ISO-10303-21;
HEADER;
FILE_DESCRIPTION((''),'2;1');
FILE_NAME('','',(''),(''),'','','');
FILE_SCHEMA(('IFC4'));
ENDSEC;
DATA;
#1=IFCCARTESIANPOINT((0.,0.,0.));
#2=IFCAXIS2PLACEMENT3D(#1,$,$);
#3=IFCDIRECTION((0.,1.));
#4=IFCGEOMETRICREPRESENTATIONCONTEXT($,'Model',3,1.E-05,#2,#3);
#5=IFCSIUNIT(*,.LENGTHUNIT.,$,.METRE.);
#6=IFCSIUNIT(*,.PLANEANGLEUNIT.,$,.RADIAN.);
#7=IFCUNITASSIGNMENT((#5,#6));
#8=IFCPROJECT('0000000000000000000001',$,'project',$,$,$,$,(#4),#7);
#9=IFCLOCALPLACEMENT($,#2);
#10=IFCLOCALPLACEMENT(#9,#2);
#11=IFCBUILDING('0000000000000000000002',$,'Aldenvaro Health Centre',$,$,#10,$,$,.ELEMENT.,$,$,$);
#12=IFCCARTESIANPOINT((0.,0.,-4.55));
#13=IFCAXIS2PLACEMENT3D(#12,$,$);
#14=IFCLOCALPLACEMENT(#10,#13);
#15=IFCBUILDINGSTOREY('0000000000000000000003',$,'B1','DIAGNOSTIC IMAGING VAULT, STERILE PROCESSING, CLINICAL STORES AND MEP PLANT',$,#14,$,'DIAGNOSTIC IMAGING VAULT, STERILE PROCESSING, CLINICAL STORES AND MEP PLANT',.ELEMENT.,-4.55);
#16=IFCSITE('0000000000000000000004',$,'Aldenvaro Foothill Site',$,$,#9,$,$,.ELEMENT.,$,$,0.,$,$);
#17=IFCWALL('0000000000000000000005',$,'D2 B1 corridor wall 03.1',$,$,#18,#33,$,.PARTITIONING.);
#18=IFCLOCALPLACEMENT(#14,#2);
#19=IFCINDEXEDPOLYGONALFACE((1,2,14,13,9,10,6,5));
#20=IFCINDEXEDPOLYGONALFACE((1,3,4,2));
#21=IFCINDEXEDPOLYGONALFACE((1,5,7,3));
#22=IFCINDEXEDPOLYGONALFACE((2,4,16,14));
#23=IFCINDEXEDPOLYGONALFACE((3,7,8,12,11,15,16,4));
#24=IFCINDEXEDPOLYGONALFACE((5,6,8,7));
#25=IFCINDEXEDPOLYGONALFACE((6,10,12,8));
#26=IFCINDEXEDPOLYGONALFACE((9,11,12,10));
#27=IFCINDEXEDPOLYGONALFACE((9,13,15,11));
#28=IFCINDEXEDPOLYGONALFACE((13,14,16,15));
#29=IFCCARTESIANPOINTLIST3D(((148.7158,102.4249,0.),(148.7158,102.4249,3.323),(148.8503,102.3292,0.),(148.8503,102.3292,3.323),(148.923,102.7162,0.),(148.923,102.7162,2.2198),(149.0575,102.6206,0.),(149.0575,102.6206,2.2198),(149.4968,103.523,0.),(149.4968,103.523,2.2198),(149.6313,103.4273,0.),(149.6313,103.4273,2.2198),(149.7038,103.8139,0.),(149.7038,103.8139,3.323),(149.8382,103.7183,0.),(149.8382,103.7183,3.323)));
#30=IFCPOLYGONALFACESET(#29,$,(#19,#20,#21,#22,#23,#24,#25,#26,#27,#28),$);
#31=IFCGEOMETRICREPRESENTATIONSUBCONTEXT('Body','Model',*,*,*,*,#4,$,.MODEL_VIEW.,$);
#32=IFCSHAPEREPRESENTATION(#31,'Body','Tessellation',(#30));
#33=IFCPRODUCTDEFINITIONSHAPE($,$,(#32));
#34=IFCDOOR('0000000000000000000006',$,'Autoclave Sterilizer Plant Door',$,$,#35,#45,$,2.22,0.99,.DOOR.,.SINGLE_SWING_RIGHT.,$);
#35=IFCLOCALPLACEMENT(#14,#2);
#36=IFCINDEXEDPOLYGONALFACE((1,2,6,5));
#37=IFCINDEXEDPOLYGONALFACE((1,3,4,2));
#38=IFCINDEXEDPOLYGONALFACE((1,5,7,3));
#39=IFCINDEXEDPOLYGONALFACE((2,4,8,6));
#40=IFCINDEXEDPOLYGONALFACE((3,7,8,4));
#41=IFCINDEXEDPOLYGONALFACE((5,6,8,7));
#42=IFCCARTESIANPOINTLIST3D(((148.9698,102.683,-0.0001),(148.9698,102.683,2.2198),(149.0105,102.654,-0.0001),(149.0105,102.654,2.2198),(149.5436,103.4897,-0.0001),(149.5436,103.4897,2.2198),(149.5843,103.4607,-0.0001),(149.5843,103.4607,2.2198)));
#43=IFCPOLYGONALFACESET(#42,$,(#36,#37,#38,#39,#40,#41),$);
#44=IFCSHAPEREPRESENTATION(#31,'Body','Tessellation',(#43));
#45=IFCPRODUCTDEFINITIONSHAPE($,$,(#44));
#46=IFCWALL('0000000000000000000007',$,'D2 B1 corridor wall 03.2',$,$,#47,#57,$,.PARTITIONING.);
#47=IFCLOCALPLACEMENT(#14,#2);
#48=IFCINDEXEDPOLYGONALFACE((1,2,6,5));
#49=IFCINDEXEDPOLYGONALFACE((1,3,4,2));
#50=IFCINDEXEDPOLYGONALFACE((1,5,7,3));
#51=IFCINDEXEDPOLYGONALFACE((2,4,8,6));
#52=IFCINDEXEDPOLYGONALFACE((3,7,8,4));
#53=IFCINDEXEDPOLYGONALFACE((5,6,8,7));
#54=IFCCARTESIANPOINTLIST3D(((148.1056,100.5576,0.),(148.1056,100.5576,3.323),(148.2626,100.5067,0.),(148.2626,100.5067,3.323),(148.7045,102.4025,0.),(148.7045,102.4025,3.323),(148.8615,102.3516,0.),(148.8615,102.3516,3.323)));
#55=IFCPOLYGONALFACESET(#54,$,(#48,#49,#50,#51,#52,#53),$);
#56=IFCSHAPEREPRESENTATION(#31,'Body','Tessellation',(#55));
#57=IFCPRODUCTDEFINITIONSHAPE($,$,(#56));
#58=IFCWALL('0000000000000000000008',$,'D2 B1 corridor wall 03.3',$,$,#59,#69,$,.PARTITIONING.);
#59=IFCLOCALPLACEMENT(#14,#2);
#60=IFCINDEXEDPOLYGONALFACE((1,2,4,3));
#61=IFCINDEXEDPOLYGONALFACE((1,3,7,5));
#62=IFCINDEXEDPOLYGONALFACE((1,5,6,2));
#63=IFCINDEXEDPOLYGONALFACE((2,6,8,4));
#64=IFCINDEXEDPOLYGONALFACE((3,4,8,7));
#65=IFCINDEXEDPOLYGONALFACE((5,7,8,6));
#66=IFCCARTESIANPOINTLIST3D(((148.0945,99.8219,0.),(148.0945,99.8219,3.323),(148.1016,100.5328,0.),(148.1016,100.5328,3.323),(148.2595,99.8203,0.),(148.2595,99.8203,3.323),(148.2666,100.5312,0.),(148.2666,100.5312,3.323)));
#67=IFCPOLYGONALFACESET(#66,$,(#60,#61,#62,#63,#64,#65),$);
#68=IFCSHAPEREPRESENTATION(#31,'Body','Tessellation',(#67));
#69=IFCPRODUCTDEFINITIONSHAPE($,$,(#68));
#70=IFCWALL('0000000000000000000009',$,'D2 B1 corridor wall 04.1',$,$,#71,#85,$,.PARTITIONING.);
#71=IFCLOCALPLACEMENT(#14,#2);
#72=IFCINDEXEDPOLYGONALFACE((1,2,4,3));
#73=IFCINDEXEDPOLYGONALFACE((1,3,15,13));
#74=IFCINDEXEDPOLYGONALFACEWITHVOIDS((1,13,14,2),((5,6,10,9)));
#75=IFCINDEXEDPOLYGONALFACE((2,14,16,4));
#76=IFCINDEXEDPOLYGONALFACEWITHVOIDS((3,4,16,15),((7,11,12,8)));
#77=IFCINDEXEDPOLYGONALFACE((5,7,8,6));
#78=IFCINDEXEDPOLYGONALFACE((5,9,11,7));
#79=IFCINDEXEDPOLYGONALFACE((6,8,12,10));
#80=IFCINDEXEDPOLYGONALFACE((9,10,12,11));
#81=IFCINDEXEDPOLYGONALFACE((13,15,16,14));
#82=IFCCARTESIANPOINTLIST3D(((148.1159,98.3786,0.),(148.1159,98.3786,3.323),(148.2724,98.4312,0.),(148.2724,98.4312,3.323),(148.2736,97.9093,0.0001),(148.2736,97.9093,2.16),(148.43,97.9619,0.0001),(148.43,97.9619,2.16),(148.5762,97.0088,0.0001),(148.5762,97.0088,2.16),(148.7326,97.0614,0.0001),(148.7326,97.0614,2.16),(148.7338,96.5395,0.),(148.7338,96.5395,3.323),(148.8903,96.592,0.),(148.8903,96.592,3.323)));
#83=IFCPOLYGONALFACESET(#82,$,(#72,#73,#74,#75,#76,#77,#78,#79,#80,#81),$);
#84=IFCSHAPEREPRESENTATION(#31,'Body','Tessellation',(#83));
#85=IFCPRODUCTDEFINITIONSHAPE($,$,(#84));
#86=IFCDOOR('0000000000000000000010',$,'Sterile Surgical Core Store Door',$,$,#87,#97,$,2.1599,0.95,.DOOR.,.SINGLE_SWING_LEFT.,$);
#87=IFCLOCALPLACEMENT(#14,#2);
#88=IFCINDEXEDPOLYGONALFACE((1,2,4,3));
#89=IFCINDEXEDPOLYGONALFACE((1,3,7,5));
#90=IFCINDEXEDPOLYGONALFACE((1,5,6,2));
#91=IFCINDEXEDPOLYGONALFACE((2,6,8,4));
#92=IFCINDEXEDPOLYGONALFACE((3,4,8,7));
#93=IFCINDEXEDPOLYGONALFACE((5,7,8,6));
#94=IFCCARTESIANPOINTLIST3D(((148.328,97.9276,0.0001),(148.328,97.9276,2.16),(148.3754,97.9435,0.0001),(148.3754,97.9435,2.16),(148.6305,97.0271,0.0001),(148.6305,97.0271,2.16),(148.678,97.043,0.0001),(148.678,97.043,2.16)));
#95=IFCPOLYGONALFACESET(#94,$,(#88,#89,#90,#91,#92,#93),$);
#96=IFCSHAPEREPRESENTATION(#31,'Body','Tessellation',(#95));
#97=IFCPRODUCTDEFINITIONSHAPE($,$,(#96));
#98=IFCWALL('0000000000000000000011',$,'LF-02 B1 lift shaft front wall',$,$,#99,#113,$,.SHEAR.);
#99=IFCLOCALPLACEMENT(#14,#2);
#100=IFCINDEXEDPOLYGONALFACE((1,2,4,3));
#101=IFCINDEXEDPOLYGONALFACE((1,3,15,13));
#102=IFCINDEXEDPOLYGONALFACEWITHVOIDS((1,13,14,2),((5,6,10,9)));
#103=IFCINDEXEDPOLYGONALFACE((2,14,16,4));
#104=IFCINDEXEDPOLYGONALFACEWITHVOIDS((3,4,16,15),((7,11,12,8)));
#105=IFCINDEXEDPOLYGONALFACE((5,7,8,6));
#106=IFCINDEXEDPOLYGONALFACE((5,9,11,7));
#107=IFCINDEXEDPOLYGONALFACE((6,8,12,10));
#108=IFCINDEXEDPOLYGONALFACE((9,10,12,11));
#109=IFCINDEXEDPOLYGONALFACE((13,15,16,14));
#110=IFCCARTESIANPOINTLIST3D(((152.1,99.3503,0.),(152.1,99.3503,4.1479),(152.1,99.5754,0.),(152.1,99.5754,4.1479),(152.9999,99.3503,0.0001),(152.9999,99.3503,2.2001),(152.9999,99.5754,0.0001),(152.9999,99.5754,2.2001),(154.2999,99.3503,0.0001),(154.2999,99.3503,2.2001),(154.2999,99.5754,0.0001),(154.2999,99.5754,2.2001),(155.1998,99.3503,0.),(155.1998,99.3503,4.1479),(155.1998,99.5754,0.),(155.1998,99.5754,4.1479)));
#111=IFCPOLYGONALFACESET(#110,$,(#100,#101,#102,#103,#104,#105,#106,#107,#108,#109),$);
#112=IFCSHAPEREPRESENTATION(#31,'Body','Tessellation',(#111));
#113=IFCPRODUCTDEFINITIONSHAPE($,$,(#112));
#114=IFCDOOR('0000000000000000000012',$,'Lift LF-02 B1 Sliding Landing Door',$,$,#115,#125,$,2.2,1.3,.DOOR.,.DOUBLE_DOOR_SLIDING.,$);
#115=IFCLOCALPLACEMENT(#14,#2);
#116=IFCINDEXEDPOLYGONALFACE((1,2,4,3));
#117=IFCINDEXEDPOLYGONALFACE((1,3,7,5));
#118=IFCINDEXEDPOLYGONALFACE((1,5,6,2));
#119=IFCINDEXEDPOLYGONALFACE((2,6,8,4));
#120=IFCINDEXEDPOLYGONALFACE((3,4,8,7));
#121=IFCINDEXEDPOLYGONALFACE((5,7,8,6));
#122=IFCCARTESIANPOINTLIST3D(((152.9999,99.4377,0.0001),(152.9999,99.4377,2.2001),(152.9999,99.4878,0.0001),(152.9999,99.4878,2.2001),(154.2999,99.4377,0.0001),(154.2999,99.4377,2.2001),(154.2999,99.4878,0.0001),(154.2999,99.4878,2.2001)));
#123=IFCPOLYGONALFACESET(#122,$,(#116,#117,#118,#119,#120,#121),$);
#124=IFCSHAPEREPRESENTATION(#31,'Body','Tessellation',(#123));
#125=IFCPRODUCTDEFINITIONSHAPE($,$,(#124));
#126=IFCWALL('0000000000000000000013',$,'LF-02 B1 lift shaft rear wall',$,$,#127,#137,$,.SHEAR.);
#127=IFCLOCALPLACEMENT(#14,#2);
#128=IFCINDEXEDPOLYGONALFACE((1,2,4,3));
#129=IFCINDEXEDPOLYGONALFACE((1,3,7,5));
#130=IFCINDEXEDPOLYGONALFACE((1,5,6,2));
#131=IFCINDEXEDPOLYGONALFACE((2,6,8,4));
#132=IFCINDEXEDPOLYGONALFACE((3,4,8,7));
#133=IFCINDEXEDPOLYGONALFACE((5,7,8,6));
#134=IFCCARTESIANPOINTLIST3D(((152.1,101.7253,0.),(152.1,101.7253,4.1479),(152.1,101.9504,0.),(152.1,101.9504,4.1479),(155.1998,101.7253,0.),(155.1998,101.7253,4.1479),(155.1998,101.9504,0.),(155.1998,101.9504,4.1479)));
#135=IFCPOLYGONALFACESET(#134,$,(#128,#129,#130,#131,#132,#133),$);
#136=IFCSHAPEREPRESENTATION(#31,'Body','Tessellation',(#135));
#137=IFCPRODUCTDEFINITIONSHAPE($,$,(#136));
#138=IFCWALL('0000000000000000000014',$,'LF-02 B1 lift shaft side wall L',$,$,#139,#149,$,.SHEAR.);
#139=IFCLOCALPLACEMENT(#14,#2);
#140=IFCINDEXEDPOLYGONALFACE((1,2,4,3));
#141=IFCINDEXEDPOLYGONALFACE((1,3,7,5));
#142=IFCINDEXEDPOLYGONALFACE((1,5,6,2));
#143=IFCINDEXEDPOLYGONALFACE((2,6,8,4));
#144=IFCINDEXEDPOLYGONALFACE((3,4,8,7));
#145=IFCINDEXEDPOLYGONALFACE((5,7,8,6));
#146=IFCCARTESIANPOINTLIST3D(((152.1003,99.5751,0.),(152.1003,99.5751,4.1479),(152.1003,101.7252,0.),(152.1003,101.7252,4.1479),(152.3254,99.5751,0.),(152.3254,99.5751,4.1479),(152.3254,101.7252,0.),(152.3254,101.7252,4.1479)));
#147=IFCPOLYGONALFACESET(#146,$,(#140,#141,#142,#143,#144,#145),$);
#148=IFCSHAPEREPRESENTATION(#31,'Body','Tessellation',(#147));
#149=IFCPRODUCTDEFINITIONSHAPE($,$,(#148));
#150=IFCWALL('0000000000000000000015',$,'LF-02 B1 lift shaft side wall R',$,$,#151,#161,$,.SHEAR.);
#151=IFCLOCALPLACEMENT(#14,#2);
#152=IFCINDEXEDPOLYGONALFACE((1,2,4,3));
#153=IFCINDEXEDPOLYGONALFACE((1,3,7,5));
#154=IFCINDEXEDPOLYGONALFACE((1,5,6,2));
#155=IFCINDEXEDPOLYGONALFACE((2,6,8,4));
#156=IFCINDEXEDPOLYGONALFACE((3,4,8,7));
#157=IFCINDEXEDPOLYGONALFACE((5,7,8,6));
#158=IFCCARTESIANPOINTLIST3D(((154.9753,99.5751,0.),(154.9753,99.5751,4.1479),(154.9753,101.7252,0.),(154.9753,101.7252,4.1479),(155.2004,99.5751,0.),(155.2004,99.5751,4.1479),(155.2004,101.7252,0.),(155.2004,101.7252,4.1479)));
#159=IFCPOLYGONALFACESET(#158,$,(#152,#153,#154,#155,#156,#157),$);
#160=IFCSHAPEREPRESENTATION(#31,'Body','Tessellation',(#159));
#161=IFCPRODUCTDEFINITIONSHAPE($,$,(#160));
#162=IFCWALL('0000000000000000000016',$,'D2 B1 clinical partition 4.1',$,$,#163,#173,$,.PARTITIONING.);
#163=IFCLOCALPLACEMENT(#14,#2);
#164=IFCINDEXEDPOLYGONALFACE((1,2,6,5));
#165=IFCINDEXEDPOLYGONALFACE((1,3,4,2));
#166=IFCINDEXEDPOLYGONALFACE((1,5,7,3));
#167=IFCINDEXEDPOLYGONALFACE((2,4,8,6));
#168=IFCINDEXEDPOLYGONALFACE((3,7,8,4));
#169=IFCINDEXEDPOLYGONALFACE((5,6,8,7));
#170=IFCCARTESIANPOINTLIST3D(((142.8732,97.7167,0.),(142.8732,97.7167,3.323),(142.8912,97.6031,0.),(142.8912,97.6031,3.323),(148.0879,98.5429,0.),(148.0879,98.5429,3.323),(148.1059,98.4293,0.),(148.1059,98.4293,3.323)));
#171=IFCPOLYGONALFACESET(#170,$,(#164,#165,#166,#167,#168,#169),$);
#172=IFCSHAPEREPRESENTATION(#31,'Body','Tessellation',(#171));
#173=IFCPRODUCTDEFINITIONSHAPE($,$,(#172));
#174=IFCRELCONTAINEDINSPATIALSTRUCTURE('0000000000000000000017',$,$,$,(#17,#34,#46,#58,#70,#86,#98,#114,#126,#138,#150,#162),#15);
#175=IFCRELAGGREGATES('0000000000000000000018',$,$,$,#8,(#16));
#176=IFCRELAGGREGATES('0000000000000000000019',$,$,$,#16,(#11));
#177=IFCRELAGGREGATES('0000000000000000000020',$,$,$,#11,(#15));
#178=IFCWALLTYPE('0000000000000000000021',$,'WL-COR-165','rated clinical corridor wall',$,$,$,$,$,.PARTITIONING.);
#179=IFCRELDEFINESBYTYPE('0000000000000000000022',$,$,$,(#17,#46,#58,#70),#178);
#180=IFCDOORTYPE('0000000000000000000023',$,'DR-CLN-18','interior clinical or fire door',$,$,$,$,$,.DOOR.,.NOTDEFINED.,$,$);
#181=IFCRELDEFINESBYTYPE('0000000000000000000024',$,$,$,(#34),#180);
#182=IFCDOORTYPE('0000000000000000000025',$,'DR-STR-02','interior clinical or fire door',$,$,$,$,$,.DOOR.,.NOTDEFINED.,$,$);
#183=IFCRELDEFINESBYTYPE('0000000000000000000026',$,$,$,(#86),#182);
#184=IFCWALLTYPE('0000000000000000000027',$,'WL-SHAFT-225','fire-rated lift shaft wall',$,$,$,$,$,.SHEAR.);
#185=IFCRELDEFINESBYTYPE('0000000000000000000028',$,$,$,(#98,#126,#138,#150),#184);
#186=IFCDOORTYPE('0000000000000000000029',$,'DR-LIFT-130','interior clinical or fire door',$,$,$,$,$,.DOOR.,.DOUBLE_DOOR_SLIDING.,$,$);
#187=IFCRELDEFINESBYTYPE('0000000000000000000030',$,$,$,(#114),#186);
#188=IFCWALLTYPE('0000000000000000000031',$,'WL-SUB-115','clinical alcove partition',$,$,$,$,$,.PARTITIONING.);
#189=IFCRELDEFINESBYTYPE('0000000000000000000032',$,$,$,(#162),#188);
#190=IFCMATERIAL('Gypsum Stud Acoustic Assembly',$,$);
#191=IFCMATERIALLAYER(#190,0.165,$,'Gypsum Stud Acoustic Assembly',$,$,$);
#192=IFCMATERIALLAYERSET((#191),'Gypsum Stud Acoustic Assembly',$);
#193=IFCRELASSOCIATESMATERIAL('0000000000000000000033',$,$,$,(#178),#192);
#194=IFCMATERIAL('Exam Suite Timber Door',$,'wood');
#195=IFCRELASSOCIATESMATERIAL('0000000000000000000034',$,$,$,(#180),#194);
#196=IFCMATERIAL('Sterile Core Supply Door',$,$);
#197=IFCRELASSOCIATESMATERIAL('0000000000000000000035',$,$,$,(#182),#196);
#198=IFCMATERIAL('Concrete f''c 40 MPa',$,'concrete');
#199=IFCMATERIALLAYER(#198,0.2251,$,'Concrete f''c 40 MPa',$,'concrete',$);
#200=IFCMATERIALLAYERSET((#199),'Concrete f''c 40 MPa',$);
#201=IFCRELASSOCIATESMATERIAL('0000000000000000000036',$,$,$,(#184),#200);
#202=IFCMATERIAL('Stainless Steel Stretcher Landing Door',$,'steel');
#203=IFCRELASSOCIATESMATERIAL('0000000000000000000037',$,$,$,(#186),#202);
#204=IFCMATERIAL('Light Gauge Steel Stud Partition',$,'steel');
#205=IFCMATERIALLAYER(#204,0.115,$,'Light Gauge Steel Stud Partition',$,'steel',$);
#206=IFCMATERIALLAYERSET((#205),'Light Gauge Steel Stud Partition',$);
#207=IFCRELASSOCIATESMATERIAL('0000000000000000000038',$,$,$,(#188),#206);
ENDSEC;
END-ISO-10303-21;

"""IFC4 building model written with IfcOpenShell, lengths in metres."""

from ifc_helpers import new_model, si_unit, direction, frame, frame_2d, origin, place, context, subcontext, project, spatial, rectangle, extrude, material, layer, layer_set, type_object, element, fill, save


model = new_model("IFC4")

# Units and contexts
model_context = context("Model", 3, precision=1e-05, world=origin(), true_north=direction((0.0, 1.0)))
body_context = subcontext(model_context, "Body", "Model", "MODEL_VIEW")
ifc_project = project(units=[si_unit("LENGTHUNIT", "METRE"), si_unit("PLANEANGLEUNIT", "RADIAN")], contexts=[model_context])

# Site, building, storey
site_placement = place(None, origin())
site = spatial("IfcSite", under=ifc_project, at=site_placement, Name="Aldenvaro Foothill Site", CompositionType="ELEMENT", RefElevation=0.0)
building_placement = place(site_placement, origin())
building = spatial("IfcBuilding", under=site, at=building_placement, Name="Aldenvaro Health Centre", CompositionType="ELEMENT")
storey_placement = place(building_placement, frame((0.0, 0.0, -4.55)))
storey = spatial("IfcBuildingStorey", under=building, at=storey_placement, Name="B1", Description="DIAGNOSTIC IMAGING VAULT, STERILE PROCESSING, CLINICAL STORES AND MEP PLANT", LongName="DIAGNOSTIC IMAGING VAULT, STERILE PROCESSING, CLINICAL STORES AND MEP PLANT", CompositionType="ELEMENT", Elevation=-4.55)

# Shared definitions
ifc_material_1 = material(Name="Concrete f'c 40 MPa", Category="concrete")

# Wall, opening, door
ifc_material_2 = material(Name="Gypsum Stud Acoustic Assembly")
ifc_layer_1 = layer(ifc_material_2, 0.165, Name="Gypsum Stud Acoustic Assembly")
ifc_layer_set_1 = layer_set([ifc_layer_1], Name="Gypsum Stud Acoustic Assembly")
wall_type_1 = type_object("IfcWallType", Name="WL-COR-165", Description="rated clinical corridor wall", PredefinedType="PARTITIONING", material=ifc_layer_set_1)
wall_1_placement = place(storey_placement, frame((149.771, 103.7661, 0.0), z_axis=(0.0, 0.0, 1.0), x_axis=(-0.579598, -0.814903, 0.0)))
wall_1 = element("IfcWall", 1, at=wall_1_placement, inside=storey, type_object=wall_type_1, Name="D2 B1 corridor wall 03.1", PredefinedType="PARTITIONING", context=body_context, shape_type="SweptSolid", body=[
    extrude(rectangle(XDim=1.7046, YDim=0.165, at=frame_2d((0.8523, 0.0))), origin(), (0.0, 0.0, 1.0), 3.323),
])
opening_1_placement = place(wall_1_placement, frame((0.3569, 0.0, 0.0)))
opening_1 = element("IfcOpeningElement", 2, at=opening_1_placement, cuts=wall_1, PredefinedType="OPENING", context=body_context, shape_type="SweptSolid", body=[
    extrude(rectangle(XDim=0.99, YDim=2.22, at=frame_2d((0.4951, 1.1099))), frame((0.0, 0.0925, 0.0), z_axis=(0.0, -1.0, 0.0), x_axis=(1.0, 0.0, 0.0)), (0.0, 0.0, 1.0), 0.1851),
])
ifc_material_3 = material(Name="Exam Suite Timber Door", Category="wood")
door_type_1 = type_object("IfcDoorType", Name="DR-CLN-18", Description="interior clinical or fire door", OperationType="NOTDEFINED", PredefinedType="DOOR", material=ifc_material_3)
door_1_placement = place(opening_1_placement, origin())
door_1 = element("IfcDoor", 3, at=door_1_placement, inside=storey, type_object=door_type_1, Name="Autoclave Sterilizer Plant Door", OperationType="SINGLE_SWING_RIGHT", OverallHeight=2.22, OverallWidth=0.99, PredefinedType="DOOR", context=body_context, shape_type="SweptSolid", body=[
    extrude(rectangle(XDim=0.99, YDim=2.22, at=frame_2d((0.4951, 1.1099))), frame((0.0, 0.0249, 0.0), z_axis=(0.0, -1.0, 0.0), x_axis=(1.0, 0.0, 0.0)), (0.0, 0.0, 1.0), 0.05),
])
fill(opening_1, door_1)

# Walls
wall_2_placement = place(storey_placement, frame((148.783, 102.377, 0.0), z_axis=(0.0, 0.0, 1.0), x_axis=(-0.308742, -0.951146, 0.0)))
element("IfcWall", 4, at=wall_2_placement, inside=storey, type_object=wall_type_1, Name="D2 B1 corridor wall 03.2", PredefinedType="PARTITIONING", context=body_context, shape_type="SweptSolid", body=[
    extrude(rectangle(XDim=1.9397, YDim=0.165, at=frame_2d((0.9697, 0.0))), origin(), (0.0, 0.0, 1.0), 3.323),
])
wall_3_placement = place(storey_placement, frame((148.1841, 100.532, 0.0), z_axis=(0.0, 0.0, 1.0), x_axis=(-0.009958, -0.99995, 0.0)))
element("IfcWall", 5, at=wall_3_placement, inside=storey, type_object=wall_type_1, Name="D2 B1 corridor wall 03.3", PredefinedType="PARTITIONING", context=body_context, shape_type="SweptSolid", body=[
    extrude(rectangle(XDim=0.7109, YDim=0.165, at=frame_2d((0.3555, 0.0))), origin(), (0.0, 0.0, 1.0), 3.323),
])

# Walls, openings, doors
wall_4_placement = place(storey_placement, frame((148.1941, 98.405, 0.0), z_axis=(0.0, 0.0, 1.0), x_axis=(0.318492, -0.947926, 0.0)))
wall_4 = element("IfcWall", 6, at=wall_4_placement, inside=storey, type_object=wall_type_1, Name="D2 B1 corridor wall 04.1", PredefinedType="PARTITIONING", context=body_context, shape_type="SweptSolid", body=[
    extrude(rectangle(XDim=1.9402, YDim=0.165, at=frame_2d((0.9702, 0.0))), origin(), (0.0, 0.0, 1.0), 3.323),
])
opening_2_placement = place(wall_4_placement, frame((0.4951, 0.0, 0.0)))
opening_2 = element("IfcOpeningElement", 7, at=opening_2_placement, cuts=wall_4, PredefinedType="OPENING", context=body_context, shape_type="SweptSolid", body=[
    extrude(rectangle(XDim=0.95, YDim=2.1599, at=frame_2d((0.4751, 1.0801))), frame((0.0, 0.0925, 0.0), z_axis=(0.0, -1.0, 0.0), x_axis=(1.0, 0.0, 0.0)), (0.0, 0.0, 1.0), 0.1851),
])
ifc_material_4 = material(Name="Sterile Core Supply Door")
door_type_2 = type_object("IfcDoorType", Name="DR-STR-02", Description="interior clinical or fire door", OperationType="NOTDEFINED", PredefinedType="DOOR", material=ifc_material_4)
door_2_placement = place(opening_2_placement, origin())
door_2 = element("IfcDoor", 8, at=door_2_placement, inside=storey, type_object=door_type_2, Name="Sterile Surgical Core Store Door", OperationType="SINGLE_SWING_LEFT", OverallHeight=2.1599, OverallWidth=0.95, PredefinedType="DOOR", context=body_context, shape_type="SweptSolid", body=[
    extrude(rectangle(XDim=0.95, YDim=2.1599, at=frame_2d((0.4751, 1.0801))), frame((0.0, 0.0249, 0.0), z_axis=(0.0, -1.0, 0.0), x_axis=(1.0, 0.0, 0.0)), (0.0, 0.0, 1.0), 0.05),
])
fill(opening_2, door_2)
ifc_layer_2 = layer(ifc_material_1, 0.2251, Name="Concrete f'c 40 MPa", Category="concrete")
ifc_layer_set_2 = layer_set([ifc_layer_2], Name="Concrete f'c 40 MPa")
wall_type_2 = type_object("IfcWallType", Name="WL-SHAFT-225", Description="fire-rated lift shaft wall", PredefinedType="SHEAR", material=ifc_layer_set_2)
wall_5_placement = place(storey_placement, frame((152.1001, 99.4629, 0.0), z_axis=(0.0, 0.0, 1.0), x_axis=(1.0, 0.0, 0.0)))
wall_5 = element("IfcWall", 9, at=wall_5_placement, inside=storey, type_object=wall_type_2, Name="LF-02 B1 lift shaft front wall", PredefinedType="SHEAR", context=body_context, shape_type="SweptSolid", body=[
    extrude(rectangle(XDim=3.0999, YDim=0.2251, at=frame_2d((1.5498, 0.0))), origin(), (0.0, 0.0, 1.0), 4.1479),
])
opening_3_placement = place(wall_5_placement, frame((0.8999, 0.0, 0.0)))
opening_3 = element("IfcOpeningElement", 10, at=opening_3_placement, cuts=wall_5, PredefinedType="OPENING", context=body_context, shape_type="SweptSolid", body=[
    extrude(rectangle(XDim=1.3, YDim=2.2, at=frame_2d((0.6499, 1.1001))), frame((0.0, 0.1226, 0.0), z_axis=(0.0, -1.0, 0.0), x_axis=(1.0, 0.0, 0.0)), (0.0, 0.0, 1.0), 0.2451),
])
ifc_material_5 = material(Name="Stainless Steel Stretcher Landing Door", Category="steel")
door_type_3 = type_object("IfcDoorType", Name="DR-LIFT-130", Description="interior clinical or fire door", OperationType="DOUBLE_DOOR_SLIDING", PredefinedType="DOOR", material=ifc_material_5)
door_3_placement = place(opening_3_placement, origin())
door_3 = element("IfcDoor", 11, at=door_3_placement, inside=storey, type_object=door_type_3, Name="Lift LF-02 B1 Sliding Landing Door", OperationType="DOUBLE_DOOR_SLIDING", OverallHeight=2.2, OverallWidth=1.3, PredefinedType="DOOR", context=body_context, shape_type="SweptSolid", body=[
    extrude(rectangle(XDim=1.3, YDim=2.2, at=frame_2d((0.6499, 1.1001))), frame((0.0, 0.0249, 0.0), z_axis=(0.0, -1.0, 0.0), x_axis=(1.0, 0.0, 0.0)), (0.0, 0.0, 1.0), 0.05),
])
fill(opening_3, door_3)

# Walls
wall_6_placement = place(storey_placement, frame((152.1001, 101.8379, 0.0), z_axis=(0.0, 0.0, 1.0), x_axis=(1.0, 0.0, 0.0)))
element("IfcWall", 12, at=wall_6_placement, inside=storey, type_object=wall_type_2, Name="LF-02 B1 lift shaft rear wall", PredefinedType="SHEAR", context=body_context, shape_type="SweptSolid", body=[
    extrude(rectangle(XDim=3.0999, YDim=0.2251, at=frame_2d((1.5498, 0.0))), origin(), (0.0, 0.0, 1.0), 4.1479),
])
for number, where, z_axis, x_axis, name in (
    (13, (152.2129, 99.575, 0.0), (0.0, 0.0, 1.0), (0.0, 1.0, 0.0), "LF-02 B1 lift shaft side wall L"),
    (14, (155.0879, 99.575, 0.0), (0.0, 0.0, 1.0), (0.0, 1.0, 0.0), "LF-02 B1 lift shaft side wall R"),
):
    element("IfcWall", number, at=place(storey_placement, frame(where, z_axis=z_axis, x_axis=x_axis)), inside=storey, type_object=wall_type_2, Name=name, PredefinedType="SHEAR", context=body_context, shape_type="SweptSolid", body=[
        extrude(rectangle(XDim=2.1501, YDim=0.2251, at=frame_2d((1.0752, 0.0))), origin(), (0.0, 0.0, 1.0), 4.1479),
    ])
ifc_material_6 = material(Name="Light Gauge Steel Stud Partition", Category="steel")
ifc_layer_3 = layer(ifc_material_6, 0.115, Name="Light Gauge Steel Stud Partition", Category="steel")
ifc_layer_set_3 = layer_set([ifc_layer_3], Name="Light Gauge Steel Stud Partition")
wall_type_3 = type_object("IfcWallType", Name="WL-SUB-115", Description="clinical alcove partition", PredefinedType="PARTITIONING", material=ifc_layer_set_3)
wall_7_placement = place(storey_placement, frame((148.0969, 98.4861, 0.0), z_axis=(0.0, 0.0, 1.0), x_axis=(-0.987682, -0.156475, 0.0)))
element("IfcWall", 15, at=wall_7_placement, inside=storey, type_object=wall_type_3, Name="D2 B1 clinical partition 4.1", PredefinedType="PARTITIONING", context=body_context, shape_type="SweptSolid", body=[
    extrude(rectangle(XDim=5.2798, YDim=0.115, at=frame_2d((2.6399, 0.0))), origin(), (0.0, 0.0, 1.0), 3.323),
])

save(model, "model.ifc")
